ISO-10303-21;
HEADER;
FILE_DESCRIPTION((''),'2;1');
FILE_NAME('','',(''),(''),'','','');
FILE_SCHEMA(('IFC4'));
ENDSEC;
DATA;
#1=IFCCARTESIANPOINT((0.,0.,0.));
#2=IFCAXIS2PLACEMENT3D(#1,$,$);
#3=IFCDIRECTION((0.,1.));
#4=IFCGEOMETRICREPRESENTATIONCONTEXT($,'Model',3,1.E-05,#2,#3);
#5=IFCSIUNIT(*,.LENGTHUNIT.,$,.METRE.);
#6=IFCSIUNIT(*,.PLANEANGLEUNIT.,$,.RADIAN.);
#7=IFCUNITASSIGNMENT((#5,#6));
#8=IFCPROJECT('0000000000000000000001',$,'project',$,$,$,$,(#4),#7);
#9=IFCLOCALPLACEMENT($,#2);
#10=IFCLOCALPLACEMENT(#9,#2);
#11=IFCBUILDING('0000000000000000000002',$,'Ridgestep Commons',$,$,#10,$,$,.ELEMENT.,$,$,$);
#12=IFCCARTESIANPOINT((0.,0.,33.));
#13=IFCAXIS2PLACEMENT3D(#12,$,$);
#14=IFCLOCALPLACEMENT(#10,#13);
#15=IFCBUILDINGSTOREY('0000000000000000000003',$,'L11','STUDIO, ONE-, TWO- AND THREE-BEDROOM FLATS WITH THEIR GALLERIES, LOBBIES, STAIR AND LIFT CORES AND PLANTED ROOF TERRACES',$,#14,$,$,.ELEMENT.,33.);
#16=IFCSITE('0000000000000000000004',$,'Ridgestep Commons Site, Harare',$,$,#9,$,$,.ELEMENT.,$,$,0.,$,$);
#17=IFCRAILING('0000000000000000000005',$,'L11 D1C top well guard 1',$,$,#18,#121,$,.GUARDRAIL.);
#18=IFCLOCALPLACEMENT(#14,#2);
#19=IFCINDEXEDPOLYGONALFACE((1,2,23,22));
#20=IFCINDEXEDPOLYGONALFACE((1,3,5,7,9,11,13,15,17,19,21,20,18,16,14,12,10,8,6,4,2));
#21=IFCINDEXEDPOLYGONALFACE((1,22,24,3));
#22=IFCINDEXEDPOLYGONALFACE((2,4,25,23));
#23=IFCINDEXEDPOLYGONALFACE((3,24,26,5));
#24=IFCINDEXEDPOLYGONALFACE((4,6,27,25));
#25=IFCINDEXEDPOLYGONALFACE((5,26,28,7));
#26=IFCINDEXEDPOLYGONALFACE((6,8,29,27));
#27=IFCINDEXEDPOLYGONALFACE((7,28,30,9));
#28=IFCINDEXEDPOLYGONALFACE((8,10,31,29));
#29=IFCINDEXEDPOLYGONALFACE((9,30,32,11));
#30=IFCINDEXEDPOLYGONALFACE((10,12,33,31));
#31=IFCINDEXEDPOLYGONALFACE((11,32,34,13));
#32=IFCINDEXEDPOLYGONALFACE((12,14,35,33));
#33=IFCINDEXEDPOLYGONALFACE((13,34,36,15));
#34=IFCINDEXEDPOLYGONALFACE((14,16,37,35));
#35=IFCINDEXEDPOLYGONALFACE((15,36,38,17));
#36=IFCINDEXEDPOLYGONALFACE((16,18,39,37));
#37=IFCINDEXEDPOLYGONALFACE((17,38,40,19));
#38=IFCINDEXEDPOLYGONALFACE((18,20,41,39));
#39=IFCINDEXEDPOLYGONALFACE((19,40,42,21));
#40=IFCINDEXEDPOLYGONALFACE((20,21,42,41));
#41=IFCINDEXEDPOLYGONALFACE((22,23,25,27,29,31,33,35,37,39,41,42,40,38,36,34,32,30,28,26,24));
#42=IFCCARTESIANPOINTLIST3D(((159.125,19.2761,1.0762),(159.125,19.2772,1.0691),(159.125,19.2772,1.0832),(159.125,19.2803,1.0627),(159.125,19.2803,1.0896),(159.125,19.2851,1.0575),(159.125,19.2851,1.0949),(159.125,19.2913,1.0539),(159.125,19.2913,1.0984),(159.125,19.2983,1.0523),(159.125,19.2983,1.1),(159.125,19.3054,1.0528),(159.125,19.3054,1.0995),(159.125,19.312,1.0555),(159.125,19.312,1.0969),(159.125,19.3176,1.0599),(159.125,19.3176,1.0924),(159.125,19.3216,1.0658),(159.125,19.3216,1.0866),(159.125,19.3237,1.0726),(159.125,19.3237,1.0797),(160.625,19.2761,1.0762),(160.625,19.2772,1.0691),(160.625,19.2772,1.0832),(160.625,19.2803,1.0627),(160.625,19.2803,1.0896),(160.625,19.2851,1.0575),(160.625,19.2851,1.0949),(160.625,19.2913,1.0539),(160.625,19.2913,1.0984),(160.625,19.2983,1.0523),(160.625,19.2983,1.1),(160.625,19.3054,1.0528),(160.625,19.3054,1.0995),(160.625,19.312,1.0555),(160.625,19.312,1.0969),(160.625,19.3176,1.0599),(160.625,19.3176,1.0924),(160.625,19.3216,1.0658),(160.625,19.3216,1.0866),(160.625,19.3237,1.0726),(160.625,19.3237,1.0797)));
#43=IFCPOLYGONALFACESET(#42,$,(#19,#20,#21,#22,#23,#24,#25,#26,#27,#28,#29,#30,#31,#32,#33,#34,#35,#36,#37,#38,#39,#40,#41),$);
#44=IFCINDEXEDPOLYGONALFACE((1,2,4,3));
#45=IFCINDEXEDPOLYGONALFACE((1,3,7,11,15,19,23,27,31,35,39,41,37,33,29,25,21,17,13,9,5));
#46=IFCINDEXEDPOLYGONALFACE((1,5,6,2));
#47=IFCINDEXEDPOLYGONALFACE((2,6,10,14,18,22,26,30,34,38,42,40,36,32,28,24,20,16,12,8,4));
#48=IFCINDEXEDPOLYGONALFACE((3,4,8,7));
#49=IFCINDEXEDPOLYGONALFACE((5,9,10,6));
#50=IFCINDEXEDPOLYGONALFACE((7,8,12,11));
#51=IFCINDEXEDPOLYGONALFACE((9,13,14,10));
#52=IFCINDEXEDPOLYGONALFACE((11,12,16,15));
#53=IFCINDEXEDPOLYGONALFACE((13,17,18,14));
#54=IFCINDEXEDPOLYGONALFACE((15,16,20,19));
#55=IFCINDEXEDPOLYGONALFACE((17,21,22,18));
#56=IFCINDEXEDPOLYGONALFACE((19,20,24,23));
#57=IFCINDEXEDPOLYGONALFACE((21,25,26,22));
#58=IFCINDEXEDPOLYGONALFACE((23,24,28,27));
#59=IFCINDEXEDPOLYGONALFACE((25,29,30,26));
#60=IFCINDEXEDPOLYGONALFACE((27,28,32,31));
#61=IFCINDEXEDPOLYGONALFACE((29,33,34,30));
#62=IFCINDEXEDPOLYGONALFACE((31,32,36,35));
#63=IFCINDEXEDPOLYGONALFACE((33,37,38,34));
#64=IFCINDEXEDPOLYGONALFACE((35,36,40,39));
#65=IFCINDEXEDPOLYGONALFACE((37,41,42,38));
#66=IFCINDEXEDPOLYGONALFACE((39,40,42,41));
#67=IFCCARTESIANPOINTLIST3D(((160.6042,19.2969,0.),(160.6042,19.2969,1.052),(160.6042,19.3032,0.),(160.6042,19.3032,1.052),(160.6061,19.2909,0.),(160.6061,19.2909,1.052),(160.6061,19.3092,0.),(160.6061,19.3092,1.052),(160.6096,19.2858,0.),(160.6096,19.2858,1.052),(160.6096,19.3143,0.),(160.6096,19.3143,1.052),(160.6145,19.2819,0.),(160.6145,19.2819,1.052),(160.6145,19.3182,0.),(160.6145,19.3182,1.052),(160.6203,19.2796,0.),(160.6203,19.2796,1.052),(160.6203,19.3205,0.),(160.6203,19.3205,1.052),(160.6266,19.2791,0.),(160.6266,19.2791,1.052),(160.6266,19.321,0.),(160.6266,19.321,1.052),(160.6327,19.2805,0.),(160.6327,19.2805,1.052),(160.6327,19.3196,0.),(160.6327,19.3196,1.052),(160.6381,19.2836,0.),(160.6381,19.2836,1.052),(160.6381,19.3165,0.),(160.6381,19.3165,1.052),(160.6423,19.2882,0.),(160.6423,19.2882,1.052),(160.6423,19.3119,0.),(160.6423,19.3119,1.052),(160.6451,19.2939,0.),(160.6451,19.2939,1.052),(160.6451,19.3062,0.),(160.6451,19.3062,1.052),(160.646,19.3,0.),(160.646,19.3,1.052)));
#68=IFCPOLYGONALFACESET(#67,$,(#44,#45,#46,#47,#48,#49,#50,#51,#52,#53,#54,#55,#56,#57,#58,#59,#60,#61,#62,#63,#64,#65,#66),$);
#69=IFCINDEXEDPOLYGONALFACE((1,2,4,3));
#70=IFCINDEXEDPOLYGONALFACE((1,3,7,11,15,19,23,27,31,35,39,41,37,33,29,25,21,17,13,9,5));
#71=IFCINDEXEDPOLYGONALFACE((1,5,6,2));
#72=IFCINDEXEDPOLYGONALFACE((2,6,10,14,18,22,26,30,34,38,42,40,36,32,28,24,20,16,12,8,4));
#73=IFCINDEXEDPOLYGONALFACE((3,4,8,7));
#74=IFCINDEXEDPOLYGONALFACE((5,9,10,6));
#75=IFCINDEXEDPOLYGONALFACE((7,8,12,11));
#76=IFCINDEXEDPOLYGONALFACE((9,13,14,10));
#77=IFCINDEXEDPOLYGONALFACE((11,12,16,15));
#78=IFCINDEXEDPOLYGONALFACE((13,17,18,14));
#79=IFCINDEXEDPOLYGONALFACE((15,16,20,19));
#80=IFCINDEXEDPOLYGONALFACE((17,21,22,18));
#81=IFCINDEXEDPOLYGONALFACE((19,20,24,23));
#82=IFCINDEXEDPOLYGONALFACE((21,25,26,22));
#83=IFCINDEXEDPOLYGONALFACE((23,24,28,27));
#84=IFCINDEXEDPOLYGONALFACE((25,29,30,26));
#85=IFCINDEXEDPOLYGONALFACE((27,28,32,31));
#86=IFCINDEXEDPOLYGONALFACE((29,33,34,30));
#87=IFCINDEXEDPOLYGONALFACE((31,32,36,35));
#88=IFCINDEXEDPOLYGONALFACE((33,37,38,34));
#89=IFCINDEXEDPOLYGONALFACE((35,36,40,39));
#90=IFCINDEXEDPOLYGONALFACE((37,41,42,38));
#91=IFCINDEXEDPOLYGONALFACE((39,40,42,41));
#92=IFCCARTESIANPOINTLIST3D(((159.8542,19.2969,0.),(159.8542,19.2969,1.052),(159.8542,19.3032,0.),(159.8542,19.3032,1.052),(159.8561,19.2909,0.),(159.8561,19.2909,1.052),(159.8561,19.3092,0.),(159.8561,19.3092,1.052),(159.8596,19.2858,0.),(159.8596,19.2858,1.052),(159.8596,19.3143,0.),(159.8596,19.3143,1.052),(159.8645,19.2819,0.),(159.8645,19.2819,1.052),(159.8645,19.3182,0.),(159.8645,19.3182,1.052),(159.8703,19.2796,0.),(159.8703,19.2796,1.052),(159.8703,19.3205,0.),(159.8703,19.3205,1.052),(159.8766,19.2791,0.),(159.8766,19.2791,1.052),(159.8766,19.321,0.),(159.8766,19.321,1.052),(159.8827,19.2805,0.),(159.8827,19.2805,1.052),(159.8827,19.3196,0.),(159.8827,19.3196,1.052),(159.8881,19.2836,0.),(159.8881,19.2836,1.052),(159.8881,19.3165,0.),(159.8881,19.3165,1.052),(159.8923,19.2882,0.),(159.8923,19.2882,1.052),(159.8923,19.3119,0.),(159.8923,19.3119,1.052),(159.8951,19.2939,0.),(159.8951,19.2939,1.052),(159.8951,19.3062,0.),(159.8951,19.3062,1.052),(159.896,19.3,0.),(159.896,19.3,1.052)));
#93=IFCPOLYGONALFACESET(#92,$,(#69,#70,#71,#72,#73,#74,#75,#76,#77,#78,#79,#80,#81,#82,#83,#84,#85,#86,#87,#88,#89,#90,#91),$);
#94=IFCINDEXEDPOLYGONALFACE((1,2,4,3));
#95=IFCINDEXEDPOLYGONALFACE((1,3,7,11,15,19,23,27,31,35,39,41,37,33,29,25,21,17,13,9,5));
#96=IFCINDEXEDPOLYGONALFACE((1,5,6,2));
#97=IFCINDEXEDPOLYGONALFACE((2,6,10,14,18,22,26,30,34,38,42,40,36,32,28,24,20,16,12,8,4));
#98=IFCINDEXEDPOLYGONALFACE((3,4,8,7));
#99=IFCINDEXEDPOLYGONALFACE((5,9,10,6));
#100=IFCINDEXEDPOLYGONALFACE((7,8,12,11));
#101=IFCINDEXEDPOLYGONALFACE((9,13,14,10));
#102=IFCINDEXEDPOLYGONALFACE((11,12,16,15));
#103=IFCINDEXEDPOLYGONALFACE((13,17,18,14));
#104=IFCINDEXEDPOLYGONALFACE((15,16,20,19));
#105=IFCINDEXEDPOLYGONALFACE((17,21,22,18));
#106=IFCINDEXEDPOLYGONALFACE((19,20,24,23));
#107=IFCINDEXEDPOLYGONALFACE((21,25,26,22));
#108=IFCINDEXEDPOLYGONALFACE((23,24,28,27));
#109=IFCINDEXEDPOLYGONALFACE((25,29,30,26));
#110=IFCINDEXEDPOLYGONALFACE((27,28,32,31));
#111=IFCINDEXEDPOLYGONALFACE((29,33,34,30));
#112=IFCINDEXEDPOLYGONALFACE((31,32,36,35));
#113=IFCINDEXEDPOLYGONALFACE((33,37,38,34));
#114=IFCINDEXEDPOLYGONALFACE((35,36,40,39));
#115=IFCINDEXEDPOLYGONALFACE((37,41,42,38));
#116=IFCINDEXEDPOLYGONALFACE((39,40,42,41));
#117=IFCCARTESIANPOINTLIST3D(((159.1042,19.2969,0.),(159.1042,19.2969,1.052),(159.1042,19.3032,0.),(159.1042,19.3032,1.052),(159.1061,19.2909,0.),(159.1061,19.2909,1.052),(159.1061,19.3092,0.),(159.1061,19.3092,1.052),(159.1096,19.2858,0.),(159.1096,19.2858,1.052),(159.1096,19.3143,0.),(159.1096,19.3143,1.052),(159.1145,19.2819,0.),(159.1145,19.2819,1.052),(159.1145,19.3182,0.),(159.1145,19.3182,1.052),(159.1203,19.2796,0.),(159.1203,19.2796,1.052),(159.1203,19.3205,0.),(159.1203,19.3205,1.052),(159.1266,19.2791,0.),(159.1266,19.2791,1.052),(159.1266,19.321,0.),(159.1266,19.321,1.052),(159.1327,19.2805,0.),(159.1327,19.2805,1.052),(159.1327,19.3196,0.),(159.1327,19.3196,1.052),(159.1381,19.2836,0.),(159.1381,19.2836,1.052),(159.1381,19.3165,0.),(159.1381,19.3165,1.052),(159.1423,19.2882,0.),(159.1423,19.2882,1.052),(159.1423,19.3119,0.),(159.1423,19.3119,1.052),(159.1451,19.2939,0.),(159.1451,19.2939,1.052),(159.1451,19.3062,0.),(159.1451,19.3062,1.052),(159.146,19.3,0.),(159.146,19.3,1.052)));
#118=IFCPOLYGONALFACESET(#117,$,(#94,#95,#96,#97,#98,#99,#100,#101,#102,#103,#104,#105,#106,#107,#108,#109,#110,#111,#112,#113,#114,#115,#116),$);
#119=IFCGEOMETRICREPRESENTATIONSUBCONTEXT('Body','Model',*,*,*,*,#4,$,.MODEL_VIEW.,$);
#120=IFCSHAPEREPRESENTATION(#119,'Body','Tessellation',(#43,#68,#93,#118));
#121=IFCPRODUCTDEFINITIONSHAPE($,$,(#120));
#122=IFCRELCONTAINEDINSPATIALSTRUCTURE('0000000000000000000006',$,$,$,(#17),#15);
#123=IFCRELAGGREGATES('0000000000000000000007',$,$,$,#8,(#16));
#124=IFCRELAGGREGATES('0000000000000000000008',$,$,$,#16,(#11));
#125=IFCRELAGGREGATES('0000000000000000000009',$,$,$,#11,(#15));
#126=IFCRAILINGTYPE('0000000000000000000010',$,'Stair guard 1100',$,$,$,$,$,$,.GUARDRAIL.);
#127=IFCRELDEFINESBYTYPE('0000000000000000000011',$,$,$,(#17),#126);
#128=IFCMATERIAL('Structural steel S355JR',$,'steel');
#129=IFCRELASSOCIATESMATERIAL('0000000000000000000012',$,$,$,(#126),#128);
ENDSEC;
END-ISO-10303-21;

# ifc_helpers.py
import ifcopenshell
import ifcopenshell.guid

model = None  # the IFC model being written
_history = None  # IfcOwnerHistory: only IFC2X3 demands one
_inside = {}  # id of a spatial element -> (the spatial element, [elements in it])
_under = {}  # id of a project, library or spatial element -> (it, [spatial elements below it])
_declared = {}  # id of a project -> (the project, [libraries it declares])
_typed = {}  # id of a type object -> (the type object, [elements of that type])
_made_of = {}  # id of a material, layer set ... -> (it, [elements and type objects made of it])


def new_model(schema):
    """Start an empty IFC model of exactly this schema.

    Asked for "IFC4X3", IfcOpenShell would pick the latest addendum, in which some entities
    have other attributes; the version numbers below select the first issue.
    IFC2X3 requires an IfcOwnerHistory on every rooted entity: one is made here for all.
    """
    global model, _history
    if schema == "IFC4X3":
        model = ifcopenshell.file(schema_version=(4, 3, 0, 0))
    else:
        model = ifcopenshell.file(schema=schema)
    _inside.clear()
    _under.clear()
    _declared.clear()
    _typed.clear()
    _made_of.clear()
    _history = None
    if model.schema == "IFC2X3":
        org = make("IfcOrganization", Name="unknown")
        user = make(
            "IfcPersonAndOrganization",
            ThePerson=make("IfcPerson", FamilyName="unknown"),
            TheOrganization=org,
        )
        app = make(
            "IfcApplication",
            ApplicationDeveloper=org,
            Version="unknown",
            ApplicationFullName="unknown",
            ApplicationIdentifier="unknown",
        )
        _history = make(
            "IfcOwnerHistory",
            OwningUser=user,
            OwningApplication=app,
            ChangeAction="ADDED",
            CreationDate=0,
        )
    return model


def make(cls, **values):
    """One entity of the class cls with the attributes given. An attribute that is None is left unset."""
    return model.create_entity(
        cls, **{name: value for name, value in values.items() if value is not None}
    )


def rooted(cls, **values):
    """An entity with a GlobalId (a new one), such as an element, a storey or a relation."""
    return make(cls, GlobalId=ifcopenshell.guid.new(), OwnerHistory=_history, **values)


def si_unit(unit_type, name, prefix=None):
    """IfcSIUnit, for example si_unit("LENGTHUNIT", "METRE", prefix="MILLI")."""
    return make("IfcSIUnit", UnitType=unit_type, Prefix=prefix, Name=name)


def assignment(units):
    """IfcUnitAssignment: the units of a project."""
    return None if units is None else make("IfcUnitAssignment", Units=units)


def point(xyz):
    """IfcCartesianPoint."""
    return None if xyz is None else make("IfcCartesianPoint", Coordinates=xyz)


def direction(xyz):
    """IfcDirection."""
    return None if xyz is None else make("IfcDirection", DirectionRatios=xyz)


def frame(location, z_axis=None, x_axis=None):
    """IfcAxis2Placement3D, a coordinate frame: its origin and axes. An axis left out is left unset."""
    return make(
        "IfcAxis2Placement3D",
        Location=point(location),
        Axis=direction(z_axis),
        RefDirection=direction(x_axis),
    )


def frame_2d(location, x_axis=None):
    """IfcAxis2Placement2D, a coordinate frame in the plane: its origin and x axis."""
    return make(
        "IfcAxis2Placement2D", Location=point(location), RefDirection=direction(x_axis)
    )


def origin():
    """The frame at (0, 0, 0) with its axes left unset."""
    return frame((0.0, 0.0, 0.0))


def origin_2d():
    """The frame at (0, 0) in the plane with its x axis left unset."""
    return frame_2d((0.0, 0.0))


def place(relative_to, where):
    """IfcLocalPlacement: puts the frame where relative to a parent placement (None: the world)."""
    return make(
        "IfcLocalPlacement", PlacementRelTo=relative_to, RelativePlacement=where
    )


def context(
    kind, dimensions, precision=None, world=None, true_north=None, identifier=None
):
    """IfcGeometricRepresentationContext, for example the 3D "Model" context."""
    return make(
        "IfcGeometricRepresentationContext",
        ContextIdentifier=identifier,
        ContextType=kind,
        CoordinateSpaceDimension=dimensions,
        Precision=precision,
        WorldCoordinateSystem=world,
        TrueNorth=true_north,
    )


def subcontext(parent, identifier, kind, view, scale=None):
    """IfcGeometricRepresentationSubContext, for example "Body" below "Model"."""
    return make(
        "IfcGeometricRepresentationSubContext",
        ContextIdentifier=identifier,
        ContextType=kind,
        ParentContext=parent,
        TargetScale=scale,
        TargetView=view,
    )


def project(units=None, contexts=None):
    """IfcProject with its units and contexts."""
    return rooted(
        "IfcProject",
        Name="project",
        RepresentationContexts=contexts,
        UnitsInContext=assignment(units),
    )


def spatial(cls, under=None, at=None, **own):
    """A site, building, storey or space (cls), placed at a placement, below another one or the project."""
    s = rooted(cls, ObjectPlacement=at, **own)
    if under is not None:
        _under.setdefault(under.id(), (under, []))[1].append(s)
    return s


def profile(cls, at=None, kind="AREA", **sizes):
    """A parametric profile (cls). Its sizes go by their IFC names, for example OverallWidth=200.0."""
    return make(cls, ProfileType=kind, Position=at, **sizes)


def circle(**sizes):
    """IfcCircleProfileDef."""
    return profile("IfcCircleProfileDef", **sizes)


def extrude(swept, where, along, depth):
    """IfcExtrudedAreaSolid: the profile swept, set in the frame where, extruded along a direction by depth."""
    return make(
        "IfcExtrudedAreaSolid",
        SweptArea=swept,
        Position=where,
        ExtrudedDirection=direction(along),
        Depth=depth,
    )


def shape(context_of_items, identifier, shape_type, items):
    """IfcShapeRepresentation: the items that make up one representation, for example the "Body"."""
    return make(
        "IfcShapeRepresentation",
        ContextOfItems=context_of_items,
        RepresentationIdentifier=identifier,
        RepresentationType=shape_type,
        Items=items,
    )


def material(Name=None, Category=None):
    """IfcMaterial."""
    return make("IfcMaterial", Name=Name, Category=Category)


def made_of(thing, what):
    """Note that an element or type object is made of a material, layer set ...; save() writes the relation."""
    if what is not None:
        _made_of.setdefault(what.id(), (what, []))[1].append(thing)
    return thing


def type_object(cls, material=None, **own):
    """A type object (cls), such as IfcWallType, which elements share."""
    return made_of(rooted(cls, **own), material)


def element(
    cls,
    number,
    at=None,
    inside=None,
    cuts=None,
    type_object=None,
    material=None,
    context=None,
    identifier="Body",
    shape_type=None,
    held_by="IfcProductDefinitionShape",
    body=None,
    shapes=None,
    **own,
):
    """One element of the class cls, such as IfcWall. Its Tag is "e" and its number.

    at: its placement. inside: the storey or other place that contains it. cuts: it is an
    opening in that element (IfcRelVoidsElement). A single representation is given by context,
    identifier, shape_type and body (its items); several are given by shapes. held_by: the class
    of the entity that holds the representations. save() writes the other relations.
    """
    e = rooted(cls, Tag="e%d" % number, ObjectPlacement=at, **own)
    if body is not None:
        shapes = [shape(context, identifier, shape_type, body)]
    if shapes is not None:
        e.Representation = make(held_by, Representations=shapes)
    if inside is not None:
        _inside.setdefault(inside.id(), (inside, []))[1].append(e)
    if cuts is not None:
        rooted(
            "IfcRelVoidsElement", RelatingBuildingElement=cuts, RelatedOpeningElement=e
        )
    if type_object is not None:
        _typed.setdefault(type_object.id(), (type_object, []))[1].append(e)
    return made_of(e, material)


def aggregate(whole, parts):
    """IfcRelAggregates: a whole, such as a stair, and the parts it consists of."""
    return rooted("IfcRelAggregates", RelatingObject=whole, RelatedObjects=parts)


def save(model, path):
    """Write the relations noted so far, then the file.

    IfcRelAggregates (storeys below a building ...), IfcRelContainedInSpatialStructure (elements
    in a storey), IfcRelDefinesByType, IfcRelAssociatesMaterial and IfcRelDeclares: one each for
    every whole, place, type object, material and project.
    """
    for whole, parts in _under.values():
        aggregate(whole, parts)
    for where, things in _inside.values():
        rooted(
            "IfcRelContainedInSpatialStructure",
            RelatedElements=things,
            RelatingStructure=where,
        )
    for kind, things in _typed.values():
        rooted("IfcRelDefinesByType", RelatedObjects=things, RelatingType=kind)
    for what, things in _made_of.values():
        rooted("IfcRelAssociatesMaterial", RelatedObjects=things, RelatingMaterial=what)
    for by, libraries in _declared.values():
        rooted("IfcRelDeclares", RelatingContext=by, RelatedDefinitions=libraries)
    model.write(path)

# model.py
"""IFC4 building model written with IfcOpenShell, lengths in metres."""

from ifc_helpers import new_model, si_unit, direction, frame, origin, origin_2d, place, context, subcontext, project, spatial, circle, extrude, material, type_object, element, save


model = new_model("IFC4")

# Units and contexts
model_context = context("Model", 3, precision=1e-05, world=origin(), true_north=direction((0.0, 1.0)))
body_context = subcontext(model_context, "Body", "Model", "MODEL_VIEW")
ifc_project = project(units=[si_unit("LENGTHUNIT", "METRE"), si_unit("PLANEANGLEUNIT", "RADIAN")], contexts=[model_context])

# Site, building, storey
site_placement = place(None, origin())
site = spatial("IfcSite", under=ifc_project, at=site_placement, Name="Ridgestep Commons Site, Harare", CompositionType="ELEMENT", RefElevation=0.0)
building_placement = place(site_placement, origin())
building = spatial("IfcBuilding", under=site, at=building_placement, Name="Ridgestep Commons", CompositionType="ELEMENT")
storey_placement = place(building_placement, frame((0.0, 0.0, 33.0)))
storey = spatial("IfcBuildingStorey", under=building, at=storey_placement, Name="L11", Description="STUDIO, ONE-, TWO- AND THREE-BEDROOM FLATS WITH THEIR GALLERIES, LOBBIES, STAIR AND LIFT CORES AND PLANTED ROOF TERRACES", CompositionType="ELEMENT", Elevation=33.0)

# Railing
ifc_material_1 = material(Name="Structural steel S355JR", Category="steel")
railing_type_1 = type_object("IfcRailingType", Name="Stair guard 1100", PredefinedType="GUARDRAIL", material=ifc_material_1)
railing_1_placement = place(storey_placement, frame((160.625, 19.3, 0.0)))
element("IfcRailing", 1, at=railing_1_placement, inside=storey, type_object=railing_type_1, Name="L11 D1C top well guard 1", PredefinedType="GUARDRAIL", context=body_context, shape_type="SweptSolid", body=[
    extrude(circle(Radius=0.0239, at=origin_2d()), frame((0.0, 0.0, 1.0762), z_axis=(-1.0, 0.0, 0.0), x_axis=(0.0, -1.0, 0.0)), (0.0, 0.0, 1.0), 1.5),
    extrude(circle(Radius=0.021, at=origin_2d()), origin(), (0.0, 0.0, 1.0), 1.052),
    extrude(circle(Radius=0.021, at=origin_2d()), frame((-0.75, 0.0, 0.0)), (0.0, 0.0, 1.0), 1.052),
    extrude(circle(Radius=0.021, at=origin_2d()), frame((-1.5, 0.0, 0.0)), (0.0, 0.0, 1.0), 1.052),
])

save(model, "model.ifc")
